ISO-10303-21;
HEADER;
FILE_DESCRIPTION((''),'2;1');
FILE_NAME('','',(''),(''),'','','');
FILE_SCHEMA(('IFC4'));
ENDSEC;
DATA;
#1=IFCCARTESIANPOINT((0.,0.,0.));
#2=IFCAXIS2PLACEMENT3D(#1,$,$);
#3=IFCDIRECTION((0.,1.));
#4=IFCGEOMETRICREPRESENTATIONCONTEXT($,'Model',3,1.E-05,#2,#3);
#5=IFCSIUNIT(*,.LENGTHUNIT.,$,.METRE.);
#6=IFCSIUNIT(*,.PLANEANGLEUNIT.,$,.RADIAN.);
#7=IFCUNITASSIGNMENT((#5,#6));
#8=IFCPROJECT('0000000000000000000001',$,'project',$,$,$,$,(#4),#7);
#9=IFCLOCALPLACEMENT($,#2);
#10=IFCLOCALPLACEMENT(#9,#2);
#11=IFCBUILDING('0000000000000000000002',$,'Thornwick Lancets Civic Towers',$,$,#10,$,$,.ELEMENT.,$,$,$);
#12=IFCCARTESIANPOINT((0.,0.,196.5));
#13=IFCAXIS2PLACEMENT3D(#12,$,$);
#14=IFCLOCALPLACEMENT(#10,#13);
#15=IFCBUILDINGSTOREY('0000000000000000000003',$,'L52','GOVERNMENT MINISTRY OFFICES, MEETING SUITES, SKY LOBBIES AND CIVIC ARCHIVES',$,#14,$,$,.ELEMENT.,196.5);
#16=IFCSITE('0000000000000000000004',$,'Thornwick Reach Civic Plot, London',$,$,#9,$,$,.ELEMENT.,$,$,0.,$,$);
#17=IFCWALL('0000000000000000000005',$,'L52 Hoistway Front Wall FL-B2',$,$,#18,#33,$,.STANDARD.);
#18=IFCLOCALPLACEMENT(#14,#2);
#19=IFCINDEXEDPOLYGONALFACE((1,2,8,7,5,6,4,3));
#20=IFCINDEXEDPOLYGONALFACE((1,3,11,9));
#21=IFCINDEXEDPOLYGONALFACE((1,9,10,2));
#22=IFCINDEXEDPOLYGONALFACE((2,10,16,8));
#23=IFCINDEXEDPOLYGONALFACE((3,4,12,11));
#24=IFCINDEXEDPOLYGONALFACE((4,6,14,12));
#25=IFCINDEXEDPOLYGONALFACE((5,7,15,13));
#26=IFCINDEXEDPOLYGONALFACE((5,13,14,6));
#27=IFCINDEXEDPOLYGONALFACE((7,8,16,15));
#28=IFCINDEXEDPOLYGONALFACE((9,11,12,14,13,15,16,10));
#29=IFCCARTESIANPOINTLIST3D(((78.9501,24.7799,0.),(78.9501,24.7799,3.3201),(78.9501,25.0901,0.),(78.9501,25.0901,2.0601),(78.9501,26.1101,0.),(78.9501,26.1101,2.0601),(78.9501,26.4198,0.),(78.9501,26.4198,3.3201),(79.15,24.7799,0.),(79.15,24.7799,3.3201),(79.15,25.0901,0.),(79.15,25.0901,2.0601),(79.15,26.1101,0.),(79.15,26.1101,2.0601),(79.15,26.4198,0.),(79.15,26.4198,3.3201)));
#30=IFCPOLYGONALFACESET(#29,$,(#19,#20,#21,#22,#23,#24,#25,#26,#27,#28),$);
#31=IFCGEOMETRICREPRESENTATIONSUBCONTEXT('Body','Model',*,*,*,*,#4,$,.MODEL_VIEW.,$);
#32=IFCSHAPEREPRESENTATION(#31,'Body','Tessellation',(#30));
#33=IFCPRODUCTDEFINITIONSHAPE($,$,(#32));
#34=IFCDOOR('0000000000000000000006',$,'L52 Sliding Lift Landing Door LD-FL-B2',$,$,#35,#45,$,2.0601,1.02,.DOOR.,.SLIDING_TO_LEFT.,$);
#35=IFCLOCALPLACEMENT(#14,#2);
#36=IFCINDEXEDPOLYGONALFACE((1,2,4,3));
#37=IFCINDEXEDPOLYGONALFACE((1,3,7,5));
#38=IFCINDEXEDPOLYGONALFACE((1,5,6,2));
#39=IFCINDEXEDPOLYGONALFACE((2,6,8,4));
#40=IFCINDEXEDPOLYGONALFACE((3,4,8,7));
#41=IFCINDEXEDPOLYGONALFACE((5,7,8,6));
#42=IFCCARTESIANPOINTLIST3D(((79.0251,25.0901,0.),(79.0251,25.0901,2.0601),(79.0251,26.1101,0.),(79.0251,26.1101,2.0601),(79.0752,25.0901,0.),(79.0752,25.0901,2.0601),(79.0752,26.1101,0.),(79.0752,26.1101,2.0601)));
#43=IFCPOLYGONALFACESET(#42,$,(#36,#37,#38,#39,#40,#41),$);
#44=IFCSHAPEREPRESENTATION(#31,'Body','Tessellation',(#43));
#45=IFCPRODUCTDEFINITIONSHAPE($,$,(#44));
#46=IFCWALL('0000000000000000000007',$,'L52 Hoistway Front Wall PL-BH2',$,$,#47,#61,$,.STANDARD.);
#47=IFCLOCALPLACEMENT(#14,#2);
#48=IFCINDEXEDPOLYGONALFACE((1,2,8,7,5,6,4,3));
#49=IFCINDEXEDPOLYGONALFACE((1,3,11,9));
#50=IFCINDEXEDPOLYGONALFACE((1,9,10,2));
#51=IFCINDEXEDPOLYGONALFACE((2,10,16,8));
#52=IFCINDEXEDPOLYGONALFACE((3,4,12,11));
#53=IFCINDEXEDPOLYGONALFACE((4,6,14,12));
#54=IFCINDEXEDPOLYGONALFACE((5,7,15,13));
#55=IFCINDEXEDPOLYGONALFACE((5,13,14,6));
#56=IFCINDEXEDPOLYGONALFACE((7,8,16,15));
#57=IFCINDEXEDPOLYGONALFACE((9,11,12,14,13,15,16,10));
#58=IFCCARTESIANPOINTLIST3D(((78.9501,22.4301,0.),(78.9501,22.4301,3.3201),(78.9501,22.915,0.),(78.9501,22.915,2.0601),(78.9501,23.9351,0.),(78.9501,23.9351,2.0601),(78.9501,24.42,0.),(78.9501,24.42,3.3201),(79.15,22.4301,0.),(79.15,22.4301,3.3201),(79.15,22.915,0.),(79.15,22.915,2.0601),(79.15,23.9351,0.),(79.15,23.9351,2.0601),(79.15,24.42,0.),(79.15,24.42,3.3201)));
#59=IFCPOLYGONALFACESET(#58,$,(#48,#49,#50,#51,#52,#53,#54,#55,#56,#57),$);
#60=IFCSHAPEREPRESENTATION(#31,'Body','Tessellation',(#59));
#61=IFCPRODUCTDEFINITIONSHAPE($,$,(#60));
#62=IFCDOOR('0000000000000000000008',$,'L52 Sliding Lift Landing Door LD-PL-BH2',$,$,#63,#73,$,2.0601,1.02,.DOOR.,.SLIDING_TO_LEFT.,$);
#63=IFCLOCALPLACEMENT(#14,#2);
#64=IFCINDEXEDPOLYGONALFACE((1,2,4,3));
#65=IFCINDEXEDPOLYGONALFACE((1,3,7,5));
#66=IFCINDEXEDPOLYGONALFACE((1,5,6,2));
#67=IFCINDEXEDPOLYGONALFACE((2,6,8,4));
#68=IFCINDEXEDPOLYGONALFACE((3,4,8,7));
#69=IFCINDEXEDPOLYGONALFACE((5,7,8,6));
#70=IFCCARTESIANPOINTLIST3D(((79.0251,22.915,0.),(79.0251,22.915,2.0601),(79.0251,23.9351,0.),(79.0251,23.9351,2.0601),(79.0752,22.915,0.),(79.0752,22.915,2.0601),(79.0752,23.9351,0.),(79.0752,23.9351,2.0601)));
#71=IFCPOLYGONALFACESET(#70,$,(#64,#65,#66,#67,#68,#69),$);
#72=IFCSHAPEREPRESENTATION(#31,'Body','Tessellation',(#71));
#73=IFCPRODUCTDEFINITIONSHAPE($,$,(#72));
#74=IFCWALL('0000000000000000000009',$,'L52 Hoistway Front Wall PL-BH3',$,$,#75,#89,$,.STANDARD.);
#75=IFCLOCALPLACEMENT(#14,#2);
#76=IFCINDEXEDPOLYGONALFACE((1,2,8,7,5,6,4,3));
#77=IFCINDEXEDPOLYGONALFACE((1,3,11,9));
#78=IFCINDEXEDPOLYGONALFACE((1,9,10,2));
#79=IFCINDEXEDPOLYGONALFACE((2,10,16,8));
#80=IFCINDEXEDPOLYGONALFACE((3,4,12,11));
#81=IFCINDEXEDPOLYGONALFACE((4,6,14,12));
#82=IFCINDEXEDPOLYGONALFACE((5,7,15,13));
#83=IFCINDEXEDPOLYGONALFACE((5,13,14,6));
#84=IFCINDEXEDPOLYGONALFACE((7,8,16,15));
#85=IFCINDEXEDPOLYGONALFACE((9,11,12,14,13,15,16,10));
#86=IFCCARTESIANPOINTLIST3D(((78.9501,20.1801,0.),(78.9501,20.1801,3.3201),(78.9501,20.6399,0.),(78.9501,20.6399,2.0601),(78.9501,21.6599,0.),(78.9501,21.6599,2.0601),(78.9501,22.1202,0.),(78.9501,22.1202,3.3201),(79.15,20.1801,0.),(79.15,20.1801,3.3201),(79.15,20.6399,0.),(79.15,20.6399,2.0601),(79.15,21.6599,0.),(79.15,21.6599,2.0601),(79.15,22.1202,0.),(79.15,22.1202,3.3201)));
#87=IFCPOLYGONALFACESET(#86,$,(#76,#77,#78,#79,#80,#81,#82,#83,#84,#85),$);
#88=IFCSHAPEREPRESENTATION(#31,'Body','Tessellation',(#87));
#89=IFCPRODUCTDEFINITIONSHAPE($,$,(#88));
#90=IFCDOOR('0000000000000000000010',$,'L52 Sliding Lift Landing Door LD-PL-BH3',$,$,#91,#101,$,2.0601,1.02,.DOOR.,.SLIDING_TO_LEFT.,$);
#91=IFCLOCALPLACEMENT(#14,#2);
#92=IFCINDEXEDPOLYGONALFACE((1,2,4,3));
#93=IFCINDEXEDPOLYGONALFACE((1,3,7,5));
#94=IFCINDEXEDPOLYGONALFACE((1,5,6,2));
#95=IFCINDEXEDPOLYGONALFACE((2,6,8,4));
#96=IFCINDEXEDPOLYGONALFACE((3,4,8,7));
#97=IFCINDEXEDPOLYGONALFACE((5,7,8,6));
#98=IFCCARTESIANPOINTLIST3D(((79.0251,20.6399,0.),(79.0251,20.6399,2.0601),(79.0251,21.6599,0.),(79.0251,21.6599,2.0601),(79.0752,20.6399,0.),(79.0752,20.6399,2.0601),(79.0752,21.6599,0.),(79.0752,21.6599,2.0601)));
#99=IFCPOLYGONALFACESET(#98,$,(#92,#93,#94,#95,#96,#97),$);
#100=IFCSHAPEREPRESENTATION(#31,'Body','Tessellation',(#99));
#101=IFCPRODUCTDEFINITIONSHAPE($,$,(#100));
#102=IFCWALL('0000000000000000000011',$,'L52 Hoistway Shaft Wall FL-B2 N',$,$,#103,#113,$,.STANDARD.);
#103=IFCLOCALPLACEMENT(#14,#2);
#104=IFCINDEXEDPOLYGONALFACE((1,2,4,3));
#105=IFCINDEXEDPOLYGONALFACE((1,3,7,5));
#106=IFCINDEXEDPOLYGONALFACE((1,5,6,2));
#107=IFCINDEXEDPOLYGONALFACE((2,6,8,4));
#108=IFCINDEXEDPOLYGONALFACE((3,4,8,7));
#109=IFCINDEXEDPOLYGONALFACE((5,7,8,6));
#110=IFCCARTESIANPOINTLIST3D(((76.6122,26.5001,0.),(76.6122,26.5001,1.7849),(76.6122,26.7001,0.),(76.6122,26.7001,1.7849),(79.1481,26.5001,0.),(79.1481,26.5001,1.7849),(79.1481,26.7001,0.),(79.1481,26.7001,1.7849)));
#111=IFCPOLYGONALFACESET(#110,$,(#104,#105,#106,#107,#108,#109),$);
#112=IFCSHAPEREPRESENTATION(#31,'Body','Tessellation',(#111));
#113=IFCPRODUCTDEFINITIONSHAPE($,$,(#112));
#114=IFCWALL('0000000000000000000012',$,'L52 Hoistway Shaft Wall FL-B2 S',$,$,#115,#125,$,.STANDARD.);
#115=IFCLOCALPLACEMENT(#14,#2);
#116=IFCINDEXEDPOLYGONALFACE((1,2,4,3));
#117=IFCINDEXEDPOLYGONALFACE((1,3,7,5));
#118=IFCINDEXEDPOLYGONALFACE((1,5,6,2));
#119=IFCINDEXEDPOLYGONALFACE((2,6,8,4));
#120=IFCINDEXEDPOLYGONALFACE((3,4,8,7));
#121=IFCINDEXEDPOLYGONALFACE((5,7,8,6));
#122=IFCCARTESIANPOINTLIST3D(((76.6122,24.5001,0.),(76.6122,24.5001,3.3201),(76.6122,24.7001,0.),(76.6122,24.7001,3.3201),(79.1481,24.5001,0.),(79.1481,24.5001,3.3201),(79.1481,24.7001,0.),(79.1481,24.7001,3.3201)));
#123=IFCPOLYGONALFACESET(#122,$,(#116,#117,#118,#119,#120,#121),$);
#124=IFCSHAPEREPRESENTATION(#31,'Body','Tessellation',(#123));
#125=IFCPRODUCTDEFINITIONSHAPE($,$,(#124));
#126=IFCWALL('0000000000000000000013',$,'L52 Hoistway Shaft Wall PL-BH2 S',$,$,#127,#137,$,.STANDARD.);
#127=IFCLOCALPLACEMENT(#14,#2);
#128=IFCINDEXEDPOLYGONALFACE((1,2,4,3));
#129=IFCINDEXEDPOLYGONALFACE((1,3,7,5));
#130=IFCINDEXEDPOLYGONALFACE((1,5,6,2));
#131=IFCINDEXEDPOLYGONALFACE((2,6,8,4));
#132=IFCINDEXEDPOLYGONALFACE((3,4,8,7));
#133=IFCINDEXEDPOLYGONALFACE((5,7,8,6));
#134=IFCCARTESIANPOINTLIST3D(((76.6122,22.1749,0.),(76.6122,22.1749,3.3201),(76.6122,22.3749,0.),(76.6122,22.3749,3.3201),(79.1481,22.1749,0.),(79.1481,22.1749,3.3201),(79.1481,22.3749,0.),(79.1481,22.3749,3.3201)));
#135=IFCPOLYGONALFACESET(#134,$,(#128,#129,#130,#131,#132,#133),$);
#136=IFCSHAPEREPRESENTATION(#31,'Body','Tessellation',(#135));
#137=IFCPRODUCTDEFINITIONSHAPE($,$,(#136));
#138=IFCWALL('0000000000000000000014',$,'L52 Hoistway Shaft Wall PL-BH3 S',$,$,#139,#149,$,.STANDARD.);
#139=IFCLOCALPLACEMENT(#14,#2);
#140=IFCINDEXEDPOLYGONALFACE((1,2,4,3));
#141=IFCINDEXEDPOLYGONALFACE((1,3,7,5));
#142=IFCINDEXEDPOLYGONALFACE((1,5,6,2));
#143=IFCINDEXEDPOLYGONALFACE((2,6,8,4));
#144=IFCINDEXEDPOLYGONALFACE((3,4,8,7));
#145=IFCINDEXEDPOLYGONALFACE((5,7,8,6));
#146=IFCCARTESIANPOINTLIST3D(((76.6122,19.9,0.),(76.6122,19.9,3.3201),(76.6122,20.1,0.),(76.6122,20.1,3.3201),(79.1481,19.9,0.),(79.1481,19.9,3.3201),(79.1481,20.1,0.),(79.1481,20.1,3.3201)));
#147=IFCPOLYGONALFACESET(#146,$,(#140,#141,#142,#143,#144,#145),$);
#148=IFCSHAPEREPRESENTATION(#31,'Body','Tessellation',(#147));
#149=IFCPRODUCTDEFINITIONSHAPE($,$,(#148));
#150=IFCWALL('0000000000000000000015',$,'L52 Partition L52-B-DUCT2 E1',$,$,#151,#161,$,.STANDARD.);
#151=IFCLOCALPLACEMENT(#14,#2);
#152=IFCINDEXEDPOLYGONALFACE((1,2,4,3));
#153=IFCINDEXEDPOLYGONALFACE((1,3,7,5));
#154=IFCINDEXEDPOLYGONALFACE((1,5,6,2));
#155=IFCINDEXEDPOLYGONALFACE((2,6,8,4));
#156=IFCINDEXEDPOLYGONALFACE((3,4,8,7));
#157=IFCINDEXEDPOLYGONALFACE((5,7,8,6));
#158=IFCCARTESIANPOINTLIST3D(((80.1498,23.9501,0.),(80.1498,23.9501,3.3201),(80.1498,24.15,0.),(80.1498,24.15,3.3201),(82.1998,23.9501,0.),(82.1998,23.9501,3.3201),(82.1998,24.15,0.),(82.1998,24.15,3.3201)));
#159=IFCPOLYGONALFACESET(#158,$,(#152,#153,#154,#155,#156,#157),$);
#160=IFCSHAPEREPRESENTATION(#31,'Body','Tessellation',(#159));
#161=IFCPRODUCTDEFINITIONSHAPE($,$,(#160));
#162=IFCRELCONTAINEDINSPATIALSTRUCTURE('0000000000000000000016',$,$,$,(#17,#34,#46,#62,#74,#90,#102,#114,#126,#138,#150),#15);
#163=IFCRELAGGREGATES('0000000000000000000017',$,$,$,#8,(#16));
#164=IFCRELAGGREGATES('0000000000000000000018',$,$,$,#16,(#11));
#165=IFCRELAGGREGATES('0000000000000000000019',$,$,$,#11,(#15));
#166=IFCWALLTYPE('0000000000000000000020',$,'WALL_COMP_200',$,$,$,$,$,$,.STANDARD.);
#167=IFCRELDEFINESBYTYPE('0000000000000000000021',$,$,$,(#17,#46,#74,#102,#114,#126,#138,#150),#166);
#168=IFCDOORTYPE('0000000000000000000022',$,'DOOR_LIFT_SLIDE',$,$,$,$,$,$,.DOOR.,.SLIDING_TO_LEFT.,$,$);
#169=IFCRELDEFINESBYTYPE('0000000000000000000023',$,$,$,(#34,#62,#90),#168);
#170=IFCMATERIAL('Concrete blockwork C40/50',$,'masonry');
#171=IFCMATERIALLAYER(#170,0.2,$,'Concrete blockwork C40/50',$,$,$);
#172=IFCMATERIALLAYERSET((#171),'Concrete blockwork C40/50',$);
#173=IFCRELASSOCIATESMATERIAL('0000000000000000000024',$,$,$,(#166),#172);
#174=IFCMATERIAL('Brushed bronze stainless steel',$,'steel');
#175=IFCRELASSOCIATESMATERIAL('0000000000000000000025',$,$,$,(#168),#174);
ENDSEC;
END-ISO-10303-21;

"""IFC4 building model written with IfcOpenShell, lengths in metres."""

from ifc_helpers import new_model, si_unit, direction, frame, frame_2d, origin, place, context, subcontext, project, spatial, rectangle, extrude, material, layer, layer_set, type_object, element, fill, save


model = new_model("IFC4")

# Units and contexts
model_context = context("Model", 3, precision=1e-05, world=origin(), true_north=direction((0.0, 1.0)))
body_context = subcontext(model_context, "Body", "Model", "MODEL_VIEW")
ifc_project = project(units=[si_unit("LENGTHUNIT", "METRE"), si_unit("PLANEANGLEUNIT", "RADIAN")], contexts=[model_context])

# Site, building, storey
site_placement = place(None, origin())
site = spatial("IfcSite", under=ifc_project, at=site_placement, Name="Thornwick Reach Civic Plot, London", CompositionType="ELEMENT", RefElevation=0.0)
building_placement = place(site_placement, origin())
building = spatial("IfcBuilding", under=site, at=building_placement, Name="Thornwick Lancets Civic Towers", CompositionType="ELEMENT")
storey_placement = place(building_placement, frame((0.0, 0.0, 196.5)))
storey = spatial("IfcBuildingStorey", under=building, at=storey_placement, Name="L52", Description="GOVERNMENT MINISTRY OFFICES, MEETING SUITES, SKY LOBBIES AND CIVIC ARCHIVES", CompositionType="ELEMENT", Elevation=196.5)

# Walls, openings, doors
ifc_material_1 = material(Name="Concrete blockwork C40/50", Category="masonry")
ifc_layer_1 = layer(ifc_material_1, 0.2, Name="Concrete blockwork C40/50")
ifc_layer_set_1 = layer_set([ifc_layer_1], Name="Concrete blockwork C40/50")
wall_type_1 = type_object("IfcWallType", Name="WALL_COMP_200", PredefinedType="STANDARD", material=ifc_layer_set_1)
wall_1_placement = place(storey_placement, frame((79.05, 24.78, 0.0), z_axis=(0.0, 0.0, 1.0), x_axis=(0.0, 1.0, 0.0)))
wall_1 = element("IfcWall", 1, at=wall_1_placement, inside=storey, type_object=wall_type_1, Name="L52 Hoistway Front Wall FL-B2", PredefinedType="STANDARD", context=body_context, shape_type="SweptSolid", body=[
    extrude(rectangle(XDim=1.6399, YDim=0.2, at=frame_2d((0.8198, 0.0))), origin(), (0.0, 0.0, 1.0), 3.3201),
])
opening_1_placement = place(wall_1_placement, frame((0.3101, 0.0, 0.0)))
opening_1 = element("IfcOpeningElement", 2, at=opening_1_placement, cuts=wall_1, PredefinedType="OPENING", context=body_context, shape_type="SweptSolid", body=[
    extrude(rectangle(XDim=1.02, YDim=2.0601, at=frame_2d((0.51, 1.03))), frame((0.0, 0.1099, 0.0), z_axis=(0.0, -1.0, 0.0), x_axis=(1.0, 0.0, 0.0)), (0.0, 0.0, 1.0), 0.22),
])
ifc_material_2 = material(Name="Brushed bronze stainless steel", Category="steel")
door_type_1 = type_object("IfcDoorType", Name="DOOR_LIFT_SLIDE", OperationType="SLIDING_TO_LEFT", PredefinedType="DOOR", material=ifc_material_2)
door_1_placement = place(opening_1_placement, origin())
door_1 = element("IfcDoor", 3, at=door_1_placement, inside=storey, type_object=door_type_1, Name="L52 Sliding Lift Landing Door LD-FL-B2", OperationType="SLIDING_TO_LEFT", OverallHeight=2.0601, OverallWidth=1.02, PredefinedType="DOOR", context=body_context, shape_type="SweptSolid", body=[
    extrude(rectangle(XDim=1.02, YDim=2.0601, at=frame_2d((0.51, 1.03))), frame((0.0, 0.0249, 0.0), z_axis=(0.0, -1.0, 0.0), x_axis=(1.0, 0.0, 0.0)), (0.0, 0.0, 1.0), 0.05),
])
fill(opening_1, door_1)
wall_2_placement = place(storey_placement, frame((79.05, 22.4299, 0.0), z_axis=(0.0, 0.0, 1.0), x_axis=(0.0, 1.0, 0.0)))
wall_2 = element("IfcWall", 4, at=wall_2_placement, inside=storey, type_object=wall_type_1, Name="L52 Hoistway Front Wall PL-BH2", PredefinedType="STANDARD", context=body_context, shape_type="SweptSolid", body=[
    extrude(rectangle(XDim=1.99, YDim=0.2, at=frame_2d((0.9951, 0.0))), origin(), (0.0, 0.0, 1.0), 3.3201),
])
opening_2_placement = place(wall_2_placement, frame((0.4851, 0.0, 0.0)))
opening_2 = element("IfcOpeningElement", 5, at=opening_2_placement, cuts=wall_2, PredefinedType="OPENING", context=body_context, shape_type="SweptSolid", body=[
    extrude(rectangle(XDim=1.02, YDim=2.0601, at=frame_2d((0.51, 1.03))), frame((0.0, 0.1099, 0.0), z_axis=(0.0, -1.0, 0.0), x_axis=(1.0, 0.0, 0.0)), (0.0, 0.0, 1.0), 0.22),
])
door_2_placement = place(opening_2_placement, origin())
door_2 = element("IfcDoor", 6, at=door_2_placement, inside=storey, type_object=door_type_1, Name="L52 Sliding Lift Landing Door LD-PL-BH2", OperationType="SLIDING_TO_LEFT", OverallHeight=2.0601, OverallWidth=1.02, PredefinedType="DOOR", context=body_context, shape_type="SweptSolid", body=[
    extrude(rectangle(XDim=1.02, YDim=2.0601, at=frame_2d((0.51, 1.03))), frame((0.0, 0.0249, 0.0), z_axis=(0.0, -1.0, 0.0), x_axis=(1.0, 0.0, 0.0)), (0.0, 0.0, 1.0), 0.05),
])
fill(opening_2, door_2)
wall_3_placement = place(storey_placement, frame((79.05, 20.1799, 0.0), z_axis=(0.0, 0.0, 1.0), x_axis=(0.0, 1.0, 0.0)))
wall_3 = element("IfcWall", 7, at=wall_3_placement, inside=storey, type_object=wall_type_1, Name="L52 Hoistway Front Wall PL-BH3", PredefinedType="STANDARD", context=body_context, shape_type="SweptSolid", body=[
    extrude(rectangle(XDim=1.9402, YDim=0.2, at=frame_2d((0.9702, 0.0))), origin(), (0.0, 0.0, 1.0), 3.3201),
])
opening_3_placement = place(wall_3_placement, frame((0.46, 0.0, 0.0)))
opening_3 = element("IfcOpeningElement", 8, at=opening_3_placement, cuts=wall_3, PredefinedType="OPENING", context=body_context, shape_type="SweptSolid", body=[
    extrude(rectangle(XDim=1.02, YDim=2.0601, at=frame_2d((0.51, 1.03))), frame((0.0, 0.1099, 0.0), z_axis=(0.0, -1.0, 0.0), x_axis=(1.0, 0.0, 0.0)), (0.0, 0.0, 1.0), 0.22),
])
door_3_placement = place(opening_3_placement, origin())
door_3 = element("IfcDoor", 9, at=door_3_placement, inside=storey, type_object=door_type_1, Name="L52 Sliding Lift Landing Door LD-PL-BH3", OperationType="SLIDING_TO_LEFT", OverallHeight=2.0601, OverallWidth=1.02, PredefinedType="DOOR", context=body_context, shape_type="SweptSolid", body=[
    extrude(rectangle(XDim=1.02, YDim=2.0601, at=frame_2d((0.51, 1.03))), frame((0.0, 0.0249, 0.0), z_axis=(0.0, -1.0, 0.0), x_axis=(1.0, 0.0, 0.0)), (0.0, 0.0, 1.0), 0.05),
])
fill(opening_3, door_3)

# Walls
wall_4_placement = place(storey_placement, frame((76.6121, 26.6001, 0.0), z_axis=(0.0, 0.0, 1.0), x_axis=(1.0, 0.0, 0.0)))
element("IfcWall", 10, at=wall_4_placement, inside=storey, type_object=wall_type_1, Name="L52 Hoistway Shaft Wall FL-B2 N", PredefinedType="STANDARD", context=body_context, shape_type="SweptSolid", body=[
    extrude(rectangle(XDim=2.5359, YDim=0.2, at=frame_2d((1.2681, 0.0))), origin(), (0.0, 0.0, 1.0), 1.7849),
])
for number, where, z_axis, x_axis, name in (
    (11, (76.6121, 24.6001, 0.0), (0.0, 0.0, 1.0), (1.0, 0.0, 0.0), "L52 Hoistway Shaft Wall FL-B2 S"),
    (12, (76.6121, 22.2749, 0.0), (0.0, 0.0, 1.0), (1.0, 0.0, 0.0), "L52 Hoistway Shaft Wall PL-BH2 S"),
    (13, (76.6121, 20.0, 0.0), (0.0, 0.0, 1.0), (1.0, 0.0, 0.0), "L52 Hoistway Shaft Wall PL-BH3 S"),
):
    element("IfcWall", number, at=place(storey_placement, frame(where, z_axis=z_axis, x_axis=x_axis)), inside=storey, type_object=wall_type_1, Name=name, PredefinedType="STANDARD", context=body_context, shape_type="SweptSolid", body=[
        extrude(rectangle(XDim=2.5359, YDim=0.2, at=frame_2d((1.2681, 0.0))), origin(), (0.0, 0.0, 1.0), 3.3201),
    ])
wall_5_placement = place(storey_placement, frame((80.1499, 24.05, 0.0), z_axis=(0.0, 0.0, 1.0), x_axis=(1.0, 0.0, 0.0)))
element("IfcWall", 14, at=wall_5_placement, inside=storey, type_object=wall_type_1, Name="L52 Partition L52-B-DUCT2 E1", PredefinedType="STANDARD", context=body_context, shape_type="SweptSolid", body=[
    extrude(rectangle(XDim=2.05, YDim=0.2, at=frame_2d((1.0249, 0.0))), origin(), (0.0, 0.0, 1.0), 3.3201),
])

save(model, "model.ifc")
